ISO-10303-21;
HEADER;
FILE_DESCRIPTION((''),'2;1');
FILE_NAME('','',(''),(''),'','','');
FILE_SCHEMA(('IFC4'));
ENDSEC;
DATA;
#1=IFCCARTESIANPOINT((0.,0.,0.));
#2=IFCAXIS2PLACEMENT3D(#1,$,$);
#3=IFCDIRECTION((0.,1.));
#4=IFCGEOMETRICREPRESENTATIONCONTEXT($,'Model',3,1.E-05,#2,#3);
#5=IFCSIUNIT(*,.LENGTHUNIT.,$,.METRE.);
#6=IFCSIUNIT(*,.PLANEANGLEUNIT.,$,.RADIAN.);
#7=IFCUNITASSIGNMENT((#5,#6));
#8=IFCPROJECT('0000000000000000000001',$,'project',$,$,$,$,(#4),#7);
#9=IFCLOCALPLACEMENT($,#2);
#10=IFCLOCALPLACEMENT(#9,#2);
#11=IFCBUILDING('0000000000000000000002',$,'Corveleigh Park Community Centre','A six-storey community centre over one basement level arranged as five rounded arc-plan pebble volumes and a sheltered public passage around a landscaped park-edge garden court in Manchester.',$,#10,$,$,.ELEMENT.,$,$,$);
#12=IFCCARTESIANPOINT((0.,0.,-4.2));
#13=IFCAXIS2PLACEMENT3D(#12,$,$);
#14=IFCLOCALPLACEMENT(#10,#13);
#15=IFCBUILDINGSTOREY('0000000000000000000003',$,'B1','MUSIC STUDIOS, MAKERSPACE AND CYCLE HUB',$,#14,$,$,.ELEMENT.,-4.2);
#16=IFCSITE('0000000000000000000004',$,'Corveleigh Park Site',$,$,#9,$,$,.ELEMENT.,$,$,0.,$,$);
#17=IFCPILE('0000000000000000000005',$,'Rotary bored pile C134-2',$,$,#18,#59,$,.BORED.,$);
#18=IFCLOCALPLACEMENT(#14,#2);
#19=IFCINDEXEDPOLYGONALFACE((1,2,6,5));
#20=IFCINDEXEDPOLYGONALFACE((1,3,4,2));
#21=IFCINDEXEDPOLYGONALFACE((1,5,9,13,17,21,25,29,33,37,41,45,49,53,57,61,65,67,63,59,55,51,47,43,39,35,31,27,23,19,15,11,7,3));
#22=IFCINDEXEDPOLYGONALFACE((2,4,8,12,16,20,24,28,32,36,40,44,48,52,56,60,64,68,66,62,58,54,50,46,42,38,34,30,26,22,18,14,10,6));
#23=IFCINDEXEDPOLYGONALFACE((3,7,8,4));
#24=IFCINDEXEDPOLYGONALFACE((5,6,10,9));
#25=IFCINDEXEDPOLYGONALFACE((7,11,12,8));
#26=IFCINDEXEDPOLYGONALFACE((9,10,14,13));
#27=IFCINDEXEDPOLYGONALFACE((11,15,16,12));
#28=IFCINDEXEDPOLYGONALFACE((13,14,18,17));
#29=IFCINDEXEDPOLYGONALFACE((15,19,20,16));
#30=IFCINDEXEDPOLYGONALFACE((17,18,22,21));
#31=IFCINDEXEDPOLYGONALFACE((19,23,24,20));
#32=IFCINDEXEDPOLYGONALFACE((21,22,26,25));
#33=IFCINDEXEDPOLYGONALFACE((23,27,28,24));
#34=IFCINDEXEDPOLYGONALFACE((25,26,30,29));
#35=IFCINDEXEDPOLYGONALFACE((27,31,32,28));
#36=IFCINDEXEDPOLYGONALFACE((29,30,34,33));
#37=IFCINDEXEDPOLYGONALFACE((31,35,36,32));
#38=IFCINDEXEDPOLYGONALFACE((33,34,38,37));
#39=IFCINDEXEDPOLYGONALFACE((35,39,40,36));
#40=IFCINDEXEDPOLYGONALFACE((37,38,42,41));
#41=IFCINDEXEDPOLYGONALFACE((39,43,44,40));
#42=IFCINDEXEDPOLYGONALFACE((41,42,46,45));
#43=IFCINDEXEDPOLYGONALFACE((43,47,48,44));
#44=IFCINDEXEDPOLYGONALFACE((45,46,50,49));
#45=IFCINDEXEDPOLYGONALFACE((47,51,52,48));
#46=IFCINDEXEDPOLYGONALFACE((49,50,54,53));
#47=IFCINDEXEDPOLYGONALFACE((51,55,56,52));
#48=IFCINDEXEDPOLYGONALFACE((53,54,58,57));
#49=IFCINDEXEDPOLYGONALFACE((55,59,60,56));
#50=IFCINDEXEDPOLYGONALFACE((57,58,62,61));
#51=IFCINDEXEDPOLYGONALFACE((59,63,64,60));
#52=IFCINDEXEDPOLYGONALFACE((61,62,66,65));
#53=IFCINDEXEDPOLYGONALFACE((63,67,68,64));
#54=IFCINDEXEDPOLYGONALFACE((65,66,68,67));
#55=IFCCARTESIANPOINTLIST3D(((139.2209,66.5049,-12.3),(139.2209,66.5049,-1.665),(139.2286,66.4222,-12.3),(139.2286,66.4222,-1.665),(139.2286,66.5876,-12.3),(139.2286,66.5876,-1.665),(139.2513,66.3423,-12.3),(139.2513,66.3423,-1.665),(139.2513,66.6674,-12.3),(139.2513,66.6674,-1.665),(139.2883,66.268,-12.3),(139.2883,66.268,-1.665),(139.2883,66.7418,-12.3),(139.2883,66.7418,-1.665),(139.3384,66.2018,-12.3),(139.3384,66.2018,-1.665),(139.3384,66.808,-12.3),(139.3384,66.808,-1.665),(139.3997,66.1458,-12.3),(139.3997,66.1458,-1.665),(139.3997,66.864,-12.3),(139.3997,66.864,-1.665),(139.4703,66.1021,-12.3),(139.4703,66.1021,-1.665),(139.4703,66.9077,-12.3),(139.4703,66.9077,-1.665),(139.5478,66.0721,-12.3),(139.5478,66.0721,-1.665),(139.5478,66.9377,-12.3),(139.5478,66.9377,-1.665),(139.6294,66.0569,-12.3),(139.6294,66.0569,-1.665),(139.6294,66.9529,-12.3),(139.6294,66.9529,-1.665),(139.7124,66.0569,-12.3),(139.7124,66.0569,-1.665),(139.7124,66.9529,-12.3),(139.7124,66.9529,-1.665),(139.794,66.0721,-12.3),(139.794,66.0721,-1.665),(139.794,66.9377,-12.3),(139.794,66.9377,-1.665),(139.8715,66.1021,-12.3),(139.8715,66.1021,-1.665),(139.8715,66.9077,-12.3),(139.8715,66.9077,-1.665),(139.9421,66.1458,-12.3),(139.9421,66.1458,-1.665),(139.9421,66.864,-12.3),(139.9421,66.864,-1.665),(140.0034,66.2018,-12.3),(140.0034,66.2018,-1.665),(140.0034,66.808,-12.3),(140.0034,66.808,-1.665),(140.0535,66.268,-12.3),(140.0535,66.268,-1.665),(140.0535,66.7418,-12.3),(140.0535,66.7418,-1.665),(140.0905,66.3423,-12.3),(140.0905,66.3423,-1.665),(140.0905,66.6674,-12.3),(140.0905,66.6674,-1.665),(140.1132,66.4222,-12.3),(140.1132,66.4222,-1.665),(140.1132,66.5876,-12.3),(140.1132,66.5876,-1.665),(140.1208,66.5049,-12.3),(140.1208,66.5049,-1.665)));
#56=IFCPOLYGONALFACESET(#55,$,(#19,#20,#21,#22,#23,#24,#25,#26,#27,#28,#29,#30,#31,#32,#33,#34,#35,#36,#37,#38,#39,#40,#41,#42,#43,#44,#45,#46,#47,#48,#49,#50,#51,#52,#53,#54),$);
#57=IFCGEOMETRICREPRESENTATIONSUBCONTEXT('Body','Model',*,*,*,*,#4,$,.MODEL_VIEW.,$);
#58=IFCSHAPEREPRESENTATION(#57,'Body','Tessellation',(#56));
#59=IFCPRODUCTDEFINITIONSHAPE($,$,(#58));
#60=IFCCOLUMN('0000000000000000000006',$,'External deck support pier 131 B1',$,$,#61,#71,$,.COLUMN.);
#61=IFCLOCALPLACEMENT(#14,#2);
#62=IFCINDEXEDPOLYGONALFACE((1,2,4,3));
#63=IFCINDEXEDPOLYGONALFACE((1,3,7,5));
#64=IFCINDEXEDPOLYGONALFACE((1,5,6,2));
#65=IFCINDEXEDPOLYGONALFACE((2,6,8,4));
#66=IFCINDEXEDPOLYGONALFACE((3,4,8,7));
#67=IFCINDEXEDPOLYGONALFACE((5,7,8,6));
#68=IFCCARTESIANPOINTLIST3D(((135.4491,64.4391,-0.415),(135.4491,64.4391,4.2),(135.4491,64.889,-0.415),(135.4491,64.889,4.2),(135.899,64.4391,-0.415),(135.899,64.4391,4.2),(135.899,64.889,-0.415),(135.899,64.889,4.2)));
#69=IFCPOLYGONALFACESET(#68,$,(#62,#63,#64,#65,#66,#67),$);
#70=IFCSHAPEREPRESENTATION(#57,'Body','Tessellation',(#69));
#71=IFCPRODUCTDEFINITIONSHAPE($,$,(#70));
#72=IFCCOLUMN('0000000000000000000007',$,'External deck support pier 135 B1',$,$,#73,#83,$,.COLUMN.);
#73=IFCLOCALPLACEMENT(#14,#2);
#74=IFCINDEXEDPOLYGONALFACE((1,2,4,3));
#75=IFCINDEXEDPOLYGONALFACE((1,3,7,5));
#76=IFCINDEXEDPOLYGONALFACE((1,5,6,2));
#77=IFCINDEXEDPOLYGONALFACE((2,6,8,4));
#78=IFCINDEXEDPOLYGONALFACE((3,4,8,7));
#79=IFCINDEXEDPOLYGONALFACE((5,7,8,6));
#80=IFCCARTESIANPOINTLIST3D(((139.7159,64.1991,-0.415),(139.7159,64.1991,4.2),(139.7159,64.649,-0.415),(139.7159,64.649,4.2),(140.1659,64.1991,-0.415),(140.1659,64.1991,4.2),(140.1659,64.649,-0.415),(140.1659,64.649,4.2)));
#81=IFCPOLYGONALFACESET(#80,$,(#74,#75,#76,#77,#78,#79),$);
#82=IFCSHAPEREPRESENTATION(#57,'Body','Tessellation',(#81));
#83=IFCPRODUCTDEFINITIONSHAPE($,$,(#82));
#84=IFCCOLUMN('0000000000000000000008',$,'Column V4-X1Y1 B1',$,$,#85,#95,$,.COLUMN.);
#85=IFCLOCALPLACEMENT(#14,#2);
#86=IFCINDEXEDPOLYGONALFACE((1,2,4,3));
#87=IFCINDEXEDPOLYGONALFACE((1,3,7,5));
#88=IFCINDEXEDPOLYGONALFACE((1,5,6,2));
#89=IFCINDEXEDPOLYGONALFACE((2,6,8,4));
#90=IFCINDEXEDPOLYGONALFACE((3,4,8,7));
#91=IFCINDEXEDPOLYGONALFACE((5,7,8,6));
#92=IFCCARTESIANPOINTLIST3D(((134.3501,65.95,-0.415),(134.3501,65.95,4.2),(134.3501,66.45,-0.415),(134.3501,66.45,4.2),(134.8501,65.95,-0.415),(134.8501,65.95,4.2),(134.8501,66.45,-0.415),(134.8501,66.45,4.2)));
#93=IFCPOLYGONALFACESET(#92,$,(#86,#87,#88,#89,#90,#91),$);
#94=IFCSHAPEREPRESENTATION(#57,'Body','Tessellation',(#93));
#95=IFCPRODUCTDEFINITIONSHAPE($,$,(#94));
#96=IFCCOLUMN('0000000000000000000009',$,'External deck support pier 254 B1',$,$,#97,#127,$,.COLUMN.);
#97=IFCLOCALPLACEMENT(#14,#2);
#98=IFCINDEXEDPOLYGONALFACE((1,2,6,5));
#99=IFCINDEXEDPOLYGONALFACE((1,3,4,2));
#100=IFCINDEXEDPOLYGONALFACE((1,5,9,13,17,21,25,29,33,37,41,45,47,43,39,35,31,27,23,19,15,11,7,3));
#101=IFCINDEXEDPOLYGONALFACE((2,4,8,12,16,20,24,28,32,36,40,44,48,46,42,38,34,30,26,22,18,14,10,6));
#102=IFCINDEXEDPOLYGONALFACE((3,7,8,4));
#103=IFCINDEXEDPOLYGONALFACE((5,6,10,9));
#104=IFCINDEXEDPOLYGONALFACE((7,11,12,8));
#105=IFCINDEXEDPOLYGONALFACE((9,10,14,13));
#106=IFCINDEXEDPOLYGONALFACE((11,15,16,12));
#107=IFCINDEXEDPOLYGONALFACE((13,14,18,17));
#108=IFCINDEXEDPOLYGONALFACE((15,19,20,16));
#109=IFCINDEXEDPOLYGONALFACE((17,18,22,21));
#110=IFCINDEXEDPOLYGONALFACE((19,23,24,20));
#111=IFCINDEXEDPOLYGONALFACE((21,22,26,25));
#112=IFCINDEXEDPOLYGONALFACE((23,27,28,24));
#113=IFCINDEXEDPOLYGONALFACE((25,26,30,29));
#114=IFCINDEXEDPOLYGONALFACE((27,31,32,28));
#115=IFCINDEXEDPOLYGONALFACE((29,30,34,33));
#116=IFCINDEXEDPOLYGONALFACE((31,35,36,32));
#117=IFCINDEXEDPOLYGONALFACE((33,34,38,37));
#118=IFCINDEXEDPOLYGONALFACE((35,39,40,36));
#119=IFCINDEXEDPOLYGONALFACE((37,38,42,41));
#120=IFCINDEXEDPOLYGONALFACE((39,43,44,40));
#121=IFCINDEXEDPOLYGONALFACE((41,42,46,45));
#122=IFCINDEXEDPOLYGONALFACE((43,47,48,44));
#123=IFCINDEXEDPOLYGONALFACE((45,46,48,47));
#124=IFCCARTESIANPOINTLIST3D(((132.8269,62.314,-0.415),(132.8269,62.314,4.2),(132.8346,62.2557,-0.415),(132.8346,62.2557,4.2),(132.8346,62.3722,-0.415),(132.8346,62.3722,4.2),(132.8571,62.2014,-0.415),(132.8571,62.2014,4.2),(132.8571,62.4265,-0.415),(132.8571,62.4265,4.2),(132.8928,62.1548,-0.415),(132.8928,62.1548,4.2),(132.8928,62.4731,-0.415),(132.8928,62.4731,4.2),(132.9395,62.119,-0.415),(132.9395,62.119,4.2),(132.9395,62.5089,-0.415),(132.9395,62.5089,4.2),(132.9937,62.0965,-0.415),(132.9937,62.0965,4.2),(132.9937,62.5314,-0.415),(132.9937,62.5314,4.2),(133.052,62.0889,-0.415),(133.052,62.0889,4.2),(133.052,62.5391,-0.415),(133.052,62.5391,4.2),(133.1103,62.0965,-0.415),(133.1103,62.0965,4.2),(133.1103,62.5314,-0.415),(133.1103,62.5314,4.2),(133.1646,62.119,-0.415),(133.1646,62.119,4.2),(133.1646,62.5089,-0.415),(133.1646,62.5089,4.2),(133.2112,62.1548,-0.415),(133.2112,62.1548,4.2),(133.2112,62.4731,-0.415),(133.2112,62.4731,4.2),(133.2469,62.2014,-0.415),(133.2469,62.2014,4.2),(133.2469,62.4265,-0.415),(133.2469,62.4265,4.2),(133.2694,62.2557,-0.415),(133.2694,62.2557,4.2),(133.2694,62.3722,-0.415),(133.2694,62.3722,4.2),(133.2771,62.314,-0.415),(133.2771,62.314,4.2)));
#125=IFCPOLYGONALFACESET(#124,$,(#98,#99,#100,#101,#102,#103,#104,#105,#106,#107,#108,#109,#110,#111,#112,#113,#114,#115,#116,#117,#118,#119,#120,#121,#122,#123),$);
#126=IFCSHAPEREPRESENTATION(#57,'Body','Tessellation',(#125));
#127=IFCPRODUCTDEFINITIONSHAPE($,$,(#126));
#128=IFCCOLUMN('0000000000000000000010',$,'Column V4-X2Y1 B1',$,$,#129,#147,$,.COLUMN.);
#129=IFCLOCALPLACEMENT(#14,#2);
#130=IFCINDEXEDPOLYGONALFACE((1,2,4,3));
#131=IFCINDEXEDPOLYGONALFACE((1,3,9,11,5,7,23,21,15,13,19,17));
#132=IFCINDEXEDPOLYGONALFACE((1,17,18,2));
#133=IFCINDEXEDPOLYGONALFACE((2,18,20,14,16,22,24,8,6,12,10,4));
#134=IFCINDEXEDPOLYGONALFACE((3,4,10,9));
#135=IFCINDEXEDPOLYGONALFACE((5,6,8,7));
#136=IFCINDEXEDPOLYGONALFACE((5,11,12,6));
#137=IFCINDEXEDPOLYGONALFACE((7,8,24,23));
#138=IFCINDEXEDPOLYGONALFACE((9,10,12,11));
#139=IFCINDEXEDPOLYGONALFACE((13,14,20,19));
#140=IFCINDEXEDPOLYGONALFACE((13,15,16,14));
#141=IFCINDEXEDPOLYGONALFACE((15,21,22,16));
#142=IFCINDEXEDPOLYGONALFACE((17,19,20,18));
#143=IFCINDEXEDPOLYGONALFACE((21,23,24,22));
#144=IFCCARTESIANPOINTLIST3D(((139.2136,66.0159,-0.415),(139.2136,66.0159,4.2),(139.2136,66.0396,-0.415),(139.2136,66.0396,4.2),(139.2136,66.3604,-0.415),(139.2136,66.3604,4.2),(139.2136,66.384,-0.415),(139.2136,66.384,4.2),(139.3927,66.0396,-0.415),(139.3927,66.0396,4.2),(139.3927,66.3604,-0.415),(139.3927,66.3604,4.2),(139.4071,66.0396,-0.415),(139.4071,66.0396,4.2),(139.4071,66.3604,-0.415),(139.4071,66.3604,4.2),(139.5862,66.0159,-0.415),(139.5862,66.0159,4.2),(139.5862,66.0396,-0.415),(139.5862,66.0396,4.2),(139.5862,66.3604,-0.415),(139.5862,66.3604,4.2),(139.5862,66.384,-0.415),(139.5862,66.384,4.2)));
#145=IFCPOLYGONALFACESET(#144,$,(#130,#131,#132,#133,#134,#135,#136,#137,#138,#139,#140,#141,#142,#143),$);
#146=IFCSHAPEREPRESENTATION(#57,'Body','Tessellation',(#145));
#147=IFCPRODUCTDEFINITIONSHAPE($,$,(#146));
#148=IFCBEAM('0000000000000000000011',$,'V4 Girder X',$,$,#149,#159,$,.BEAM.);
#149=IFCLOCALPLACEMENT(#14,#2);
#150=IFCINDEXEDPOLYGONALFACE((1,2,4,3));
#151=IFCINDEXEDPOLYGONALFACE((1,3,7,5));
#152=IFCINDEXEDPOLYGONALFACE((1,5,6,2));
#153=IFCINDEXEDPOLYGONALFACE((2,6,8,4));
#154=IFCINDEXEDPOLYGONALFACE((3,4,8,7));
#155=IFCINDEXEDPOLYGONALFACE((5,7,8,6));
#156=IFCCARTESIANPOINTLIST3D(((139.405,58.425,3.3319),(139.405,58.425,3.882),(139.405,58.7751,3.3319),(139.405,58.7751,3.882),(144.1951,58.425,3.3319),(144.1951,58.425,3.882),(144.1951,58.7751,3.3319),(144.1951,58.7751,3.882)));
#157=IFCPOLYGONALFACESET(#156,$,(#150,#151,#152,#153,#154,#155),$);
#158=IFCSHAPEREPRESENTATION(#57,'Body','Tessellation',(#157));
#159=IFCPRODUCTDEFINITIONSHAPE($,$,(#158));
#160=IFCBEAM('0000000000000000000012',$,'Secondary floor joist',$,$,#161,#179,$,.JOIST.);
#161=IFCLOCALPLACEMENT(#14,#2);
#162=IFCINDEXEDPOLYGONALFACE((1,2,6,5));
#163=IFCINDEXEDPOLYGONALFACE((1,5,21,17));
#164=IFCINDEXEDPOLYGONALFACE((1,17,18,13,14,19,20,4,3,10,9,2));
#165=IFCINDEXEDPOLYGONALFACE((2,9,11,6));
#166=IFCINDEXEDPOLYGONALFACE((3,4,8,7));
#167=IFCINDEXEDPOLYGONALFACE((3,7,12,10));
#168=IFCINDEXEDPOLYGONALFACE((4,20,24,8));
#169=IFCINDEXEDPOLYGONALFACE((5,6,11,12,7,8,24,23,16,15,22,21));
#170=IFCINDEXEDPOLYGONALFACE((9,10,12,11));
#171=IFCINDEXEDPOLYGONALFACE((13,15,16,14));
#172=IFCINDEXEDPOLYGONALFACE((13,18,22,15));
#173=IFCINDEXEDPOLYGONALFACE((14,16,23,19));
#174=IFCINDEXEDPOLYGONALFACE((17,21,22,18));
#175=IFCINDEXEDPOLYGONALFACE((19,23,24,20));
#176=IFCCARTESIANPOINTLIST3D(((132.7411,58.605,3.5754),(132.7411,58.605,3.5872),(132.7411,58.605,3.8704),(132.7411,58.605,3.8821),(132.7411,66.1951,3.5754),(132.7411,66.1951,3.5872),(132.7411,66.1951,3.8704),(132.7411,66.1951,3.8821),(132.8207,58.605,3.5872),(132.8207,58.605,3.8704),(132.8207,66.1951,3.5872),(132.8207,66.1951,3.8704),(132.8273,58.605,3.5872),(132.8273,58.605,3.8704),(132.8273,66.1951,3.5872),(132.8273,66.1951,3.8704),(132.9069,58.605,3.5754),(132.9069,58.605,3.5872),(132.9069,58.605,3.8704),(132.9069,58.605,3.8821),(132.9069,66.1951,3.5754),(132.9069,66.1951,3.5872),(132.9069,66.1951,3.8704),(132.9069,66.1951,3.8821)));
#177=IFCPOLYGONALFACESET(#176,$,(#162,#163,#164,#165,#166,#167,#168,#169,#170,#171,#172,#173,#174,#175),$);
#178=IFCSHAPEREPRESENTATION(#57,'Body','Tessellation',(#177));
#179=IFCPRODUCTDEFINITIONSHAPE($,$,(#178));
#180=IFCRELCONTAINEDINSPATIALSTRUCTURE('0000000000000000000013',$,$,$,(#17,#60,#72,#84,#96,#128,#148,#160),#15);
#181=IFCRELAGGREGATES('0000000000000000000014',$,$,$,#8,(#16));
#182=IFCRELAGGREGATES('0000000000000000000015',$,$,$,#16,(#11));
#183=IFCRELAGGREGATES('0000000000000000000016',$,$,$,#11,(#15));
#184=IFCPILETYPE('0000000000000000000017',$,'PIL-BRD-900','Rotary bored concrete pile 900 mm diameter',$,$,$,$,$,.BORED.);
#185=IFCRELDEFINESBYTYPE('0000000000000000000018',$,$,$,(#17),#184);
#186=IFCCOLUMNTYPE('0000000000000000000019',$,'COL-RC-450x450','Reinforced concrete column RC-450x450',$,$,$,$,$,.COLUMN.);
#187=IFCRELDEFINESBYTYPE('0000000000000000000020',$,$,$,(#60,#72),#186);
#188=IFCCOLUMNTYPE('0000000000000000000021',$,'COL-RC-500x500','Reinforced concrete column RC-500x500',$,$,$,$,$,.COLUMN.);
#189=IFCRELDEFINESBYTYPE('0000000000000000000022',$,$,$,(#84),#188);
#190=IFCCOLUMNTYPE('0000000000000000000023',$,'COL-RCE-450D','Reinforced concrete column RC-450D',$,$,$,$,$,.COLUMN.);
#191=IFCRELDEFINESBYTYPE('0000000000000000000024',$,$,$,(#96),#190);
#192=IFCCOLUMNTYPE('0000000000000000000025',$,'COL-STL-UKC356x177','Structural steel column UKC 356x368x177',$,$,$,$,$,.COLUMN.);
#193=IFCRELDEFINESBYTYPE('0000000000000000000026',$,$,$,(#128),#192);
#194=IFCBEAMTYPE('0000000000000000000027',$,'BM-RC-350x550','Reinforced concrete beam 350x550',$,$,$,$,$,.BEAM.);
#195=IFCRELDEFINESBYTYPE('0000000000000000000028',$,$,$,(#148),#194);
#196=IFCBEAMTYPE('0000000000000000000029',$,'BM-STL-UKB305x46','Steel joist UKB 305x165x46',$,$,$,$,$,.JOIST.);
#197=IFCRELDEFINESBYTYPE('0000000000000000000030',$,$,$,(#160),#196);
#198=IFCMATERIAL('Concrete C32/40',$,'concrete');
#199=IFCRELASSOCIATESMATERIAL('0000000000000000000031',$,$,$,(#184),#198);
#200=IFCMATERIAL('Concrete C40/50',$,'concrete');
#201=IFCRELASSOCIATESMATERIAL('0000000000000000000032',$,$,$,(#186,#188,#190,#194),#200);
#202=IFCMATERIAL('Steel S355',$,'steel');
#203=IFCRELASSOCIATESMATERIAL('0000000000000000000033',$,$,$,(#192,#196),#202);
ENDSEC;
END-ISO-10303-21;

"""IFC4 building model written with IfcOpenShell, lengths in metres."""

from ifc_helpers import new_model, si_unit, direction, frame, origin, origin_2d, place, context, subcontext, project, spatial, rectangle, circle, i_section, extrude, material, material_profile, profile_set, type_object, element, save


model = new_model("IFC4")

# Units and contexts
model_context = context("Model", 3, precision=1e-05, world=origin(), true_north=direction((0.0, 1.0)))
body_context = subcontext(model_context, "Body", "Model", "MODEL_VIEW")
ifc_project = project(units=[si_unit("LENGTHUNIT", "METRE"), si_unit("PLANEANGLEUNIT", "RADIAN")], contexts=[model_context])

# Site, building, storey
site_placement = place(None, origin())
site = spatial("IfcSite", under=ifc_project, at=site_placement, Name="Corveleigh Park Site", CompositionType="ELEMENT", RefElevation=0.0)
building_placement = place(site_placement, origin())
building = spatial("IfcBuilding", under=site, at=building_placement, Name="Corveleigh Park Community Centre", Description="A six-storey community centre over one basement level arranged as five rounded arc-plan pebble volumes and a sheltered public passage around a landscaped park-edge garden court in Manchester.", CompositionType="ELEMENT")
storey_placement = place(building_placement, frame((0.0, 0.0, -4.2)))
storey = spatial("IfcBuildingStorey", under=building, at=storey_placement, Name="B1", Description="MUSIC STUDIOS, MAKERSPACE AND CYCLE HUB", CompositionType="ELEMENT", Elevation=-4.2)

# Shared definitions
ifc_material_1 = material(Name="Concrete C40/50", Category="concrete")

# Pile
ifc_material_2 = material(Name="Concrete C32/40", Category="concrete")
ifc_material_profile_1 = material_profile(ifc_material_2, circle(Radius=0.45, at=origin_2d()), Name="BORED-PILE-900", Category="concrete")
ifc_profile_set_1 = profile_set([ifc_material_profile_1], Name="Concrete C32/40")
pile_type = type_object("IfcPileType", Name="PIL-BRD-900", Description="Rotary bored concrete pile 900 mm diameter", PredefinedType="BORED", material=ifc_profile_set_1)
for number, where, z_axis, x_axis, name in (
    (1, (139.6709, 66.5049, -1.665), (0.0, 0.0, -1.0), (1.0, 0.0, 0.0), "Rotary bored pile C134-2"),
):
    element("IfcPile", number, at=place(storey_placement, frame(where, z_axis=z_axis, x_axis=x_axis)), inside=storey, type_object=pile_type, Name=name, PredefinedType="BORED", context=body_context, shape_type="SweptSolid", body=[
        extrude(circle(Radius=0.45, at=origin_2d()), origin(), (0.0, 0.0, 1.0), 10.635),
    ])

# Columns
ifc_material_profile_2 = material_profile(ifc_material_1, rectangle(XDim=0.45, YDim=0.45, at=origin_2d()), Name="RC-450x450", Category="concrete")
ifc_profile_set_2 = profile_set([ifc_material_profile_2], Name="Concrete C40/50")
column_type_1 = type_object("IfcColumnType", Name="COL-RC-450x450", Description="Reinforced concrete column RC-450x450", PredefinedType="COLUMN", material=ifc_profile_set_2)
for number, where, z_axis, x_axis, name in (
    (2, (135.6741, 64.6641, -0.415), (0.0, 0.0, 1.0), (1.0, 0.0, 0.0), "External deck support pier 131 B1"),
    (3, (139.9409, 64.4241, -0.415), (0.0, 0.0, 1.0), (1.0, 0.0, 0.0), "External deck support pier 135 B1"),
):
    element("IfcColumn", number, at=place(storey_placement, frame(where, z_axis=z_axis, x_axis=x_axis)), inside=storey, type_object=column_type_1, Name=name, PredefinedType="COLUMN", context=body_context, shape_type="SweptSolid", body=[
        extrude(rectangle(XDim=0.45, YDim=0.45, at=origin_2d()), origin(), (0.0, 0.0, 1.0), 4.615),
    ])
ifc_material_profile_3 = material_profile(ifc_material_1, rectangle(XDim=0.5, YDim=0.5, at=origin_2d()), Name="RC-500x500", Category="concrete")
ifc_profile_set_3 = profile_set([ifc_material_profile_3], Name="Concrete C40/50")
column_type_2 = type_object("IfcColumnType", Name="COL-RC-500x500", Description="Reinforced concrete column RC-500x500", PredefinedType="COLUMN", material=ifc_profile_set_3)
column_1_placement = place(storey_placement, frame((134.6001, 66.2, -0.415), z_axis=(0.0, 0.0, 1.0), x_axis=(1.0, 0.0, 0.0)))
element("IfcColumn", 4, at=column_1_placement, inside=storey, type_object=column_type_2, Name="Column V4-X1Y1 B1", PredefinedType="COLUMN", context=body_context, shape_type="SweptSolid", body=[
    extrude(rectangle(XDim=0.5, YDim=0.5, at=origin_2d()), origin(), (0.0, 0.0, 1.0), 4.615),
])
ifc_material_profile_4 = material_profile(ifc_material_1, circle(Radius=0.2251, at=origin_2d()), Name="RC-450D", Category="concrete")
ifc_profile_set_4 = profile_set([ifc_material_profile_4], Name="Concrete C40/50")
column_type_3 = type_object("IfcColumnType", Name="COL-RCE-450D", Description="Reinforced concrete column RC-450D", PredefinedType="COLUMN", material=ifc_profile_set_4)
column_2_placement = place(storey_placement, frame((133.052, 62.314, -0.415), z_axis=(0.0, 0.0, 1.0), x_axis=(1.0, 0.0, 0.0)))
element("IfcColumn", 5, at=column_2_placement, inside=storey, type_object=column_type_3, Name="External deck support pier 254 B1", PredefinedType="COLUMN", context=body_context, shape_type="SweptSolid", body=[
    extrude(circle(Radius=0.2251, at=origin_2d()), origin(), (0.0, 0.0, 1.0), 4.615),
])
ifc_material_3 = material(Name="Steel S355", Category="steel")
ifc_material_profile_5 = material_profile(ifc_material_3, i_section(OverallWidth=0.3726, OverallDepth=0.3682, WebThickness=0.0144, FlangeThickness=0.0237, at=origin_2d()), Name="UKC 356x368x177", Category="steel")
ifc_profile_set_5 = profile_set([ifc_material_profile_5], Name="Steel S355")
column_type_4 = type_object("IfcColumnType", Name="COL-STL-UKC356x177", Description="Structural steel column UKC 356x368x177", PredefinedType="COLUMN", material=ifc_profile_set_5)
column_3_placement = place(storey_placement, frame((139.3999, 66.2, -0.415), z_axis=(0.0, 0.0, 1.0), x_axis=(1.0, 0.0, 0.0)))
element("IfcColumn", 6, at=column_3_placement, inside=storey, type_object=column_type_4, Name="Column V4-X2Y1 B1", PredefinedType="COLUMN", context=body_context, shape_type="SweptSolid", body=[
    extrude(i_section(OverallWidth=0.3726, OverallDepth=0.3682, WebThickness=0.0144, FlangeThickness=0.0237, at=origin_2d()), origin(), (0.0, 0.0, 1.0), 4.615),
])

# Beams
ifc_material_profile_6 = material_profile(ifc_material_1, rectangle(XDim=0.3501, YDim=0.55, at=origin_2d()), Name="RC-350x550", Category="concrete")
ifc_profile_set_6 = profile_set([ifc_material_profile_6], Name="Concrete C40/50")
beam_type_1 = type_object("IfcBeamType", Name="BM-RC-350x550", Description="Reinforced concrete beam 350x550", PredefinedType="BEAM", material=ifc_profile_set_6)
beam_1_placement = place(storey_placement, frame((139.405, 58.6001, 3.6069), z_axis=(1.0, 0.0, 0.0), x_axis=(0.0, 1.0, 0.0)))
element("IfcBeam", 7, at=beam_1_placement, inside=storey, type_object=beam_type_1, Name="V4 Girder X", PredefinedType="BEAM", context=body_context, shape_type="SweptSolid", body=[
    extrude(rectangle(XDim=0.3501, YDim=0.55, at=origin_2d()), origin(), (0.0, 0.0, 1.0), 4.79),
])
ifc_material_profile_7 = material_profile(ifc_material_3, i_section(OverallWidth=0.1658, OverallDepth=0.3066, WebThickness=0.0066, FlangeThickness=0.0117, at=origin_2d()), Name="UKB 305x165x46", Category="steel")
ifc_profile_set_7 = profile_set([ifc_material_profile_7], Name="Steel S355")
beam_type_2 = type_object("IfcBeamType", Name="BM-STL-UKB305x46", Description="Steel joist UKB 305x165x46", PredefinedType="JOIST", material=ifc_profile_set_7)
beam_2_placement = place(storey_placement, frame((132.824, 58.605, 3.7288), z_axis=(0.0, 1.0, 0.0), x_axis=(-1.0, 0.0, 0.0)))
element("IfcBeam", 8, at=beam_2_placement, inside=storey, type_object=beam_type_2, Name="Secondary floor joist", PredefinedType="JOIST", context=body_context, shape_type="SweptSolid", body=[
    extrude(i_section(OverallWidth=0.1658, OverallDepth=0.3066, WebThickness=0.0066, FlangeThickness=0.0117, at=origin_2d()), origin(), (0.0, 0.0, 1.0), 7.5901),
])

save(model, "model.ifc")
